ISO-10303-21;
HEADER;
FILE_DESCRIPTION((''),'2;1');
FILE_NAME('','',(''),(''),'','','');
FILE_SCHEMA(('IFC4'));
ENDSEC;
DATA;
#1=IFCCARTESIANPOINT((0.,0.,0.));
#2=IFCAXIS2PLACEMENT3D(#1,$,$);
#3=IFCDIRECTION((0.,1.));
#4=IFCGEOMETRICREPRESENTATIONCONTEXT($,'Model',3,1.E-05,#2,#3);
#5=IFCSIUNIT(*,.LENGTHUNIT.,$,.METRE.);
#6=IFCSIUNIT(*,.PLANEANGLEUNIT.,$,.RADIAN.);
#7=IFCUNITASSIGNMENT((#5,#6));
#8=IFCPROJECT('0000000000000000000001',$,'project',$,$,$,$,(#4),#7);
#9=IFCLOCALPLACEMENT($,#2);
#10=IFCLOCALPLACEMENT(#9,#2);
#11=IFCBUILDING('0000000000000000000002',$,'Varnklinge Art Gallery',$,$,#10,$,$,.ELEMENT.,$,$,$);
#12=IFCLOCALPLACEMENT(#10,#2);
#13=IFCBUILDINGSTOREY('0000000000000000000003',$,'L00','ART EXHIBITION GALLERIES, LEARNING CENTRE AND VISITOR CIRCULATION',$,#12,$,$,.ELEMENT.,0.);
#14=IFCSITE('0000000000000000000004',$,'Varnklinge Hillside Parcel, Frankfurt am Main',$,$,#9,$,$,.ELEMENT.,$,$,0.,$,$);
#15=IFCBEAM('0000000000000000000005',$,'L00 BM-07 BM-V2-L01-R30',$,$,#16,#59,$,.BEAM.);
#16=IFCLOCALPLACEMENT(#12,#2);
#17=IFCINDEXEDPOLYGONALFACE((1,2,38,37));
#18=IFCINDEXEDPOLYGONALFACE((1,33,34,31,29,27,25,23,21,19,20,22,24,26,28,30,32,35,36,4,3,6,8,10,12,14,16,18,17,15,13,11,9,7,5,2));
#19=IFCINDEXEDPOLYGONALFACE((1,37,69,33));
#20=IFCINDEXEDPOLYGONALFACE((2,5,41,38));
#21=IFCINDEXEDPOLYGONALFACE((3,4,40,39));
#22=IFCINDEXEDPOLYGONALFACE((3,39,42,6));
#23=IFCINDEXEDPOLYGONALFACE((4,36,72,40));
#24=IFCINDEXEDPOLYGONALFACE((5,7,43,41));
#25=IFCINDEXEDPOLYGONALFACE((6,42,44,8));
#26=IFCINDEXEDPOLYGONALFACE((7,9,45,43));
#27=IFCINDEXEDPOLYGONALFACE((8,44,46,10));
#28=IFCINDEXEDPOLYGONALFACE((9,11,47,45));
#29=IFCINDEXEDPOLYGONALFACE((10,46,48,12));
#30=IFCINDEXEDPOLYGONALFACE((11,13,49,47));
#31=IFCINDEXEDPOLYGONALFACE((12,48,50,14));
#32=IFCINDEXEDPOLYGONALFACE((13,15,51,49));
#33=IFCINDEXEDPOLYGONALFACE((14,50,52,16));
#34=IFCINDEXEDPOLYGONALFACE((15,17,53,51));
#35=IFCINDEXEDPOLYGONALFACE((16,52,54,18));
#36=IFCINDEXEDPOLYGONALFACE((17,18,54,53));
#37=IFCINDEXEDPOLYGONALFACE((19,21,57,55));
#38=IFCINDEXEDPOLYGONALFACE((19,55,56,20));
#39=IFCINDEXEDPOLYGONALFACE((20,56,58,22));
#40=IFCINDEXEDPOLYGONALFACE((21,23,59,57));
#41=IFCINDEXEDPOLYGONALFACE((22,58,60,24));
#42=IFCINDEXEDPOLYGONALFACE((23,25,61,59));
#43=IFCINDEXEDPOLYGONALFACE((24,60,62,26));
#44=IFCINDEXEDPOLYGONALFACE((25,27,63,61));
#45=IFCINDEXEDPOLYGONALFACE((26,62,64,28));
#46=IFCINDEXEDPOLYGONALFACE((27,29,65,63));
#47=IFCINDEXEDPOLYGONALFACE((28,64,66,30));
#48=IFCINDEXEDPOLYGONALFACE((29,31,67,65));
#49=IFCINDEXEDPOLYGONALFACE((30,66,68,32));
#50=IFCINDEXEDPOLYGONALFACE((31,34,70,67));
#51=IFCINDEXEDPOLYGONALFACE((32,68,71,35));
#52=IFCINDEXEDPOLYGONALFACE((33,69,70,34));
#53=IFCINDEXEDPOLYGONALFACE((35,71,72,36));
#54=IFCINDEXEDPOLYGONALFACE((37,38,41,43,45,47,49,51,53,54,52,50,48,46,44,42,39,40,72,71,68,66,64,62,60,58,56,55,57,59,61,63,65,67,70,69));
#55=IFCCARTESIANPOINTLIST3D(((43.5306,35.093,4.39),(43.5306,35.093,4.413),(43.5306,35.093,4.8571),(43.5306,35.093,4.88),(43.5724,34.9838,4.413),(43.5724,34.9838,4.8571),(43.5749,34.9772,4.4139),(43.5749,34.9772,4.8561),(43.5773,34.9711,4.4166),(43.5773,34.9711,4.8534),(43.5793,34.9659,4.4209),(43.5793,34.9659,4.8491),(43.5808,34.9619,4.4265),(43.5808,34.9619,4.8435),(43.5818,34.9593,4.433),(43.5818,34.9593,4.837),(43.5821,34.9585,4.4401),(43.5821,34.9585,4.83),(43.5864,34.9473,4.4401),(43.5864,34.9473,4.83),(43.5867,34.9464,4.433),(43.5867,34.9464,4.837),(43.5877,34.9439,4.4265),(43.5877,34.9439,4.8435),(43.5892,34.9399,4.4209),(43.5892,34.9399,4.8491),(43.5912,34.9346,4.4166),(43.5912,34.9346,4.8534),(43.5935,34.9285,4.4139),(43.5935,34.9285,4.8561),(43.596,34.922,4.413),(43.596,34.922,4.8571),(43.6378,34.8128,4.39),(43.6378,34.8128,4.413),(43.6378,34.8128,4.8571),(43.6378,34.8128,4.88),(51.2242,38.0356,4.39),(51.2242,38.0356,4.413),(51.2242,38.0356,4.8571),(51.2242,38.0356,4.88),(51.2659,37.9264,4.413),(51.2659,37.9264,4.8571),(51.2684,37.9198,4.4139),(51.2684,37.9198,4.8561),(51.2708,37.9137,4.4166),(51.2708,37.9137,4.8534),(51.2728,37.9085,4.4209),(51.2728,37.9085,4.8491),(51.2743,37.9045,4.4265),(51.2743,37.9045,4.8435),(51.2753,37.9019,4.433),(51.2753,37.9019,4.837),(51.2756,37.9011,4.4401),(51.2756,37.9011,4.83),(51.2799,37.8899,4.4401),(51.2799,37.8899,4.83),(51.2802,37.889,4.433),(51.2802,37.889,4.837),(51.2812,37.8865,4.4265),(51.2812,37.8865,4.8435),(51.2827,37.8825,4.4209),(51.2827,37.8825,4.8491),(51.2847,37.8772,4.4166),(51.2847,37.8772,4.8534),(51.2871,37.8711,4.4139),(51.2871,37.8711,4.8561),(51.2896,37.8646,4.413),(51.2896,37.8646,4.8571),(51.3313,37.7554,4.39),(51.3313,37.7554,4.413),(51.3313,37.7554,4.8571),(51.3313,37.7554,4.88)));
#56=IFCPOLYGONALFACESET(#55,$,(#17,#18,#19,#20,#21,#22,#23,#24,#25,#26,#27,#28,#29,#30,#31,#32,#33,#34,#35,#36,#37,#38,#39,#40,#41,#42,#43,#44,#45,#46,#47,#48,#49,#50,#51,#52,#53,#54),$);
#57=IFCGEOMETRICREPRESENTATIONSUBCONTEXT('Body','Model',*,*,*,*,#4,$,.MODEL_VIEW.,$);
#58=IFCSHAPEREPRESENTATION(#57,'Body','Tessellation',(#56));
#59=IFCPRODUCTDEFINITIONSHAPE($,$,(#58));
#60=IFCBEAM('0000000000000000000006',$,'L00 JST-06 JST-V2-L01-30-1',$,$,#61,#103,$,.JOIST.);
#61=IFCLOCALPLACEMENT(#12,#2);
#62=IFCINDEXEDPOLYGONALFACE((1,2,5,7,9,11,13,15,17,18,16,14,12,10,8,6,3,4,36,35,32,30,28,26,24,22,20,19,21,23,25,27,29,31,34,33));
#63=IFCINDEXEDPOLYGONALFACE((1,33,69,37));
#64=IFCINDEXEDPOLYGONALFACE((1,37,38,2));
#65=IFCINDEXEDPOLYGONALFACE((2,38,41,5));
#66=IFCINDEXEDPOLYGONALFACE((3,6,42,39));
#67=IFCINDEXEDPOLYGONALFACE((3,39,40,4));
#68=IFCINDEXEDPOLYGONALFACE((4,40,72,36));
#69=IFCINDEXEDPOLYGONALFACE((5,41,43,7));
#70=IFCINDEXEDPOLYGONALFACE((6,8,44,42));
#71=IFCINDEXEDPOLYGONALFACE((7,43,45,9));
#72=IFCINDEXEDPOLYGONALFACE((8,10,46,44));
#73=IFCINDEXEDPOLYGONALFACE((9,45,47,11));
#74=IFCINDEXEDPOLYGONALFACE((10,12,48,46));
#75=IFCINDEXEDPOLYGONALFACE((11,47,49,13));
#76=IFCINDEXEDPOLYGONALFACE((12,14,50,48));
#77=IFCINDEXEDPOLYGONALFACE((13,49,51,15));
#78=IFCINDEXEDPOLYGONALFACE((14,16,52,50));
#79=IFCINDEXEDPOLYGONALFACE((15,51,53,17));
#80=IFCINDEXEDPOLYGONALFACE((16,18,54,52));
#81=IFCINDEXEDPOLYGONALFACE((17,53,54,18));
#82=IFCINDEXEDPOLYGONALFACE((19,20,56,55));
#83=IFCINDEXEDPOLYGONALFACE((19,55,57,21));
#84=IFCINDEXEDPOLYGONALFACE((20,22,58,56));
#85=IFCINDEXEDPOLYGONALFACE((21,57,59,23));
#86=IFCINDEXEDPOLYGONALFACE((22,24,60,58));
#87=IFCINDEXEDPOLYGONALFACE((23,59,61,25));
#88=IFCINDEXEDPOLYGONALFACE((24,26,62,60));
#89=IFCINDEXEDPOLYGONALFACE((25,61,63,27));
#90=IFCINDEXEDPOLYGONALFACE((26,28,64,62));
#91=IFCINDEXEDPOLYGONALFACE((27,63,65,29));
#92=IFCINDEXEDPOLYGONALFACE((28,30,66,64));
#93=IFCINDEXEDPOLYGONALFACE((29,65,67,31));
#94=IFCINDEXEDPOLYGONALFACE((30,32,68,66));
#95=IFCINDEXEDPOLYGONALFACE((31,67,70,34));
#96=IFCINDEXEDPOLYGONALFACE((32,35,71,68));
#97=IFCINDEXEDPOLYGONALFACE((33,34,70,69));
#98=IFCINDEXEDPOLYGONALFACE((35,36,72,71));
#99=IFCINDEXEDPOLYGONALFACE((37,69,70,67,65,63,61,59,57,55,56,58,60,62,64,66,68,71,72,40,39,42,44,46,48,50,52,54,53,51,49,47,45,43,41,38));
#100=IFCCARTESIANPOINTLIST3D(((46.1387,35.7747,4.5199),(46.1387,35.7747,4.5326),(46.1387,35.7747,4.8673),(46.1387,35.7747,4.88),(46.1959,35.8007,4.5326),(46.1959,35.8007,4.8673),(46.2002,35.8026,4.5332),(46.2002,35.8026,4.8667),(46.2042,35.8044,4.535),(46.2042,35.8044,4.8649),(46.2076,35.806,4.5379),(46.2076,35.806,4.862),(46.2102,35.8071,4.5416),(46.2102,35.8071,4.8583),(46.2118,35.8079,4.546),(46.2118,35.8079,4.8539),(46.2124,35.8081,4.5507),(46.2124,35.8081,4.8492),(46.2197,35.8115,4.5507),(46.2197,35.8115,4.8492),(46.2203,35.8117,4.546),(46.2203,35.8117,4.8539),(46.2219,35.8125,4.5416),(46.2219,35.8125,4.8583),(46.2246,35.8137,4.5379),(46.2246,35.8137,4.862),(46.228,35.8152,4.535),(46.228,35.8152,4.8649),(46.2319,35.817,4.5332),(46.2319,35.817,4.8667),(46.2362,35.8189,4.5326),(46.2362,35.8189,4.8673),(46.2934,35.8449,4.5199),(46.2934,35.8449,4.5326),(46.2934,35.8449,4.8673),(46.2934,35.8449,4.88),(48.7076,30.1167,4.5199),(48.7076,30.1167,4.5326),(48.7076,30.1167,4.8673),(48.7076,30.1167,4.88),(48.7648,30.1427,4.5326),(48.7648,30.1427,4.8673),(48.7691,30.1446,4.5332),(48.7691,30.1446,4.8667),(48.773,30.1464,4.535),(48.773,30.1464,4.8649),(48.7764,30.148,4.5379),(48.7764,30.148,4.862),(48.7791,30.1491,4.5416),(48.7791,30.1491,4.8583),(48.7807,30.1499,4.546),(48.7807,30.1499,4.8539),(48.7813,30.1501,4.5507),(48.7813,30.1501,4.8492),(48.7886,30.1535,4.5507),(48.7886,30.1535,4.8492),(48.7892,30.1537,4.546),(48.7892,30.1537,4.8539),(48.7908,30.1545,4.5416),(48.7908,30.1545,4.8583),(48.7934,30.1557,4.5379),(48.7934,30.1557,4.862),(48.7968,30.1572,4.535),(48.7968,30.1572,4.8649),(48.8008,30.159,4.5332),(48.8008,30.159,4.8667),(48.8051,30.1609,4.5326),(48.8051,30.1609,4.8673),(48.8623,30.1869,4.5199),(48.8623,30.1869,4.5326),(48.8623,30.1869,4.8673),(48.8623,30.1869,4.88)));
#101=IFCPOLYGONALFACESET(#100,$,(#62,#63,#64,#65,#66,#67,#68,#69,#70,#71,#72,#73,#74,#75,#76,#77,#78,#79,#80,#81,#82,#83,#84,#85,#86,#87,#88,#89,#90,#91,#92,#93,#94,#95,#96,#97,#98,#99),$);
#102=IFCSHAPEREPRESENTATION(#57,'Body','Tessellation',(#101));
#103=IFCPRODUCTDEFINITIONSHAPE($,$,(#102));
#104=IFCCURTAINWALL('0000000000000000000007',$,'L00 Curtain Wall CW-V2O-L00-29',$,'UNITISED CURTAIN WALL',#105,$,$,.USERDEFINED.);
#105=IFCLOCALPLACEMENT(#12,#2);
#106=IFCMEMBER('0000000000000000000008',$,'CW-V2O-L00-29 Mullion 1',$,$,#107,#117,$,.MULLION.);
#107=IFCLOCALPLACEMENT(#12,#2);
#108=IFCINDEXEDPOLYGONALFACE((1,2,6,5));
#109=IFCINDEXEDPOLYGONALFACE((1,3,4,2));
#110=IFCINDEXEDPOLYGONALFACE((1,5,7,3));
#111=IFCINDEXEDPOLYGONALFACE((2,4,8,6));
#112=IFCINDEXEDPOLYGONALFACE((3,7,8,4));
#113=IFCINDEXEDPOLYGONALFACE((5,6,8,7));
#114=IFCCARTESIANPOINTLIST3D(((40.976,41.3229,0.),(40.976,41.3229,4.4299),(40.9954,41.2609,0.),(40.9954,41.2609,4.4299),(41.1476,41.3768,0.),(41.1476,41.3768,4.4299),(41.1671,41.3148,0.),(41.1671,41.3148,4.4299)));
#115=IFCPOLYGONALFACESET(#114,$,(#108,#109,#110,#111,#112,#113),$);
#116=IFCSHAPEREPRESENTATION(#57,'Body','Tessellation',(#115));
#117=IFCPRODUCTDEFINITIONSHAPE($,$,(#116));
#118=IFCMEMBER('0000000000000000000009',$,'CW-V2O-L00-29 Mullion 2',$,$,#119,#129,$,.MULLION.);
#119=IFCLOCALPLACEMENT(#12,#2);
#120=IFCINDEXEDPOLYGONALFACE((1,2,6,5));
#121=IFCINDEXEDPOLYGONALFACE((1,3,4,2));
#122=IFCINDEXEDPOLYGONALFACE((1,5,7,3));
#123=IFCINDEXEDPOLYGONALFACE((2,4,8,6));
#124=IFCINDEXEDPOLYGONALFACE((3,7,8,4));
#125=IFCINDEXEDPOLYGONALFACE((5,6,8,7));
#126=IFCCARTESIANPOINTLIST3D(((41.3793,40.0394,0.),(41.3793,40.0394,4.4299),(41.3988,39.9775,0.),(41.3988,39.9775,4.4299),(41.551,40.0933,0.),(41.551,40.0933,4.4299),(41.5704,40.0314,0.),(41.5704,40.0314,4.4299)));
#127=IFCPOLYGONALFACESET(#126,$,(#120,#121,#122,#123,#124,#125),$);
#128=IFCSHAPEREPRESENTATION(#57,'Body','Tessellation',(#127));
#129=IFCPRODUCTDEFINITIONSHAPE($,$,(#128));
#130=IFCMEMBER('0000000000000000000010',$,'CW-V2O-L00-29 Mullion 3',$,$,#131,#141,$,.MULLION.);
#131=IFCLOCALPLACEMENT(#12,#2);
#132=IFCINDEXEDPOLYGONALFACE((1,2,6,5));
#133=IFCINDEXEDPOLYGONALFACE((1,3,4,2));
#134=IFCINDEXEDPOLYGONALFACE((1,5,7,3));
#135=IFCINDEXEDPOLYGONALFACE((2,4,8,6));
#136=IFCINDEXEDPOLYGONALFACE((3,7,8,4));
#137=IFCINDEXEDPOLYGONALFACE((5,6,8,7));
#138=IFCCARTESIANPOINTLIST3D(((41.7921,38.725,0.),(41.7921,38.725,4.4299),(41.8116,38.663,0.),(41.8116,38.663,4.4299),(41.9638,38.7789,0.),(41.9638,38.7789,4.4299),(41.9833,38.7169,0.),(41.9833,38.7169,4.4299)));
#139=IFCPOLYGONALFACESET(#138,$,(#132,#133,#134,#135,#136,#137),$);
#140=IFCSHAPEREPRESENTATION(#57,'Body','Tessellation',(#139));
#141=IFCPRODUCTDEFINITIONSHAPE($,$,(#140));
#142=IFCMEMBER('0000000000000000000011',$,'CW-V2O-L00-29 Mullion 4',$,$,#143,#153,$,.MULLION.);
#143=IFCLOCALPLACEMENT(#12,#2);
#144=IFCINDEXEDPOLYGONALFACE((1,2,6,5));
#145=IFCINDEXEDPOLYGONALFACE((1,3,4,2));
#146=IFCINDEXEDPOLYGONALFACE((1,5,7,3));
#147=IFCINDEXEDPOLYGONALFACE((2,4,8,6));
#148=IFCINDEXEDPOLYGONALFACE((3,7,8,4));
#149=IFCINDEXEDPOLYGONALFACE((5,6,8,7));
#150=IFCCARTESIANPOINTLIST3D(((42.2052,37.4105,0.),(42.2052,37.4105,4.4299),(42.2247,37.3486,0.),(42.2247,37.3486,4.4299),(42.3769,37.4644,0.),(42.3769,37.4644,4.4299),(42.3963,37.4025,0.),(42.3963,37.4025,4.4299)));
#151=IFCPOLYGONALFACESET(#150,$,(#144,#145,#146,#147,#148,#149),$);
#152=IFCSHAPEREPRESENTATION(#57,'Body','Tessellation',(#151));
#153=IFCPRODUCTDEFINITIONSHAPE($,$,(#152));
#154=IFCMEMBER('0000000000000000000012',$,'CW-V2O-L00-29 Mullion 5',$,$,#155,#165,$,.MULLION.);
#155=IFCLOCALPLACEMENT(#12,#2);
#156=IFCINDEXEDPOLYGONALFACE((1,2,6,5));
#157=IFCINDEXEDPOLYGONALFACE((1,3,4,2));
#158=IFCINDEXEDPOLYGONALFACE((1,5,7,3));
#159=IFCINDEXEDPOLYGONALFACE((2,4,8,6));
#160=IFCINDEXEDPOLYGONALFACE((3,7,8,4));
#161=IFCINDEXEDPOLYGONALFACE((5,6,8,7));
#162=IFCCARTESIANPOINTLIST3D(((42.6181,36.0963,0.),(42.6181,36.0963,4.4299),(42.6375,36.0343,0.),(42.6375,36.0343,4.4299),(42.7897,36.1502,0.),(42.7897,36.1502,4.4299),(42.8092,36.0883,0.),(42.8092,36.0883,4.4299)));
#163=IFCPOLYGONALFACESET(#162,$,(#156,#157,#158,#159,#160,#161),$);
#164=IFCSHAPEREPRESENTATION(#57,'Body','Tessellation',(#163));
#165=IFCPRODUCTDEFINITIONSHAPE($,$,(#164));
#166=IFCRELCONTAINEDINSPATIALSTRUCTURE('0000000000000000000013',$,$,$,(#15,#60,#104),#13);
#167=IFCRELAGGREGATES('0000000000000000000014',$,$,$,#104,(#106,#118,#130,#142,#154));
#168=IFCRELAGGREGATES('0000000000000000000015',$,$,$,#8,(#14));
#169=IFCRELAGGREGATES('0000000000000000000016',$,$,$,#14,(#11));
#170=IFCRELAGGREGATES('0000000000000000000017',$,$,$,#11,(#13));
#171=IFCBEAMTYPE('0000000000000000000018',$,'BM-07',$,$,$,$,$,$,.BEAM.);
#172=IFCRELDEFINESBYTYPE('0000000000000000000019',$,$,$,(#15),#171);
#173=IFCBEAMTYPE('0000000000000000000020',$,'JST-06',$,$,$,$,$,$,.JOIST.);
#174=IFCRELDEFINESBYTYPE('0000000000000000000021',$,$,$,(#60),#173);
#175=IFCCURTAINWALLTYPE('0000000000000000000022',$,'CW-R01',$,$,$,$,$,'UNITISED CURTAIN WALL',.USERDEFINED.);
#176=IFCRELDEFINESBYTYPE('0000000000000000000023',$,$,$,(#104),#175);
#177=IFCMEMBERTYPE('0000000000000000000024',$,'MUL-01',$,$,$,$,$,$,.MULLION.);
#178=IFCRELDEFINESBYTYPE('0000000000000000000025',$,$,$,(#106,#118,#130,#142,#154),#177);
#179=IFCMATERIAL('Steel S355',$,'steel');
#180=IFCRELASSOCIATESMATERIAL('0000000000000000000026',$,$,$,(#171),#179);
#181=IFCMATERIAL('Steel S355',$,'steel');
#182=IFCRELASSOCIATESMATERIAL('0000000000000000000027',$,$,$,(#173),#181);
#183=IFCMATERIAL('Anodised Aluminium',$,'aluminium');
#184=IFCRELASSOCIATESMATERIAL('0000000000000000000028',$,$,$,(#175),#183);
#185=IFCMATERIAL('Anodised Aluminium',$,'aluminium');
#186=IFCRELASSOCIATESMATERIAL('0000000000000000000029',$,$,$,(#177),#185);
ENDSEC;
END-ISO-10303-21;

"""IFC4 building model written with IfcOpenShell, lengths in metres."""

from ifc_helpers import new_model, si_unit, direction, frame, origin, origin_2d, place, context, subcontext, project, spatial, rectangle, i_section, extrude, material, material_profile, profile_set, type_object, element, aggregate, save


model = new_model("IFC4")

# Units and contexts
model_context = context("Model", 3, precision=1e-05, world=origin(), true_north=direction((0.0, 1.0)))
body_context = subcontext(model_context, "Body", "Model", "MODEL_VIEW")
ifc_project = project(units=[si_unit("LENGTHUNIT", "METRE"), si_unit("PLANEANGLEUNIT", "RADIAN")], contexts=[model_context])

# Site, building, storey
site_placement = place(None, origin())
site = spatial("IfcSite", under=ifc_project, at=site_placement, Name="Varnklinge Hillside Parcel, Frankfurt am Main", CompositionType="ELEMENT", RefElevation=0.0)
building_placement = place(site_placement, origin())
building = spatial("IfcBuilding", under=site, at=building_placement, Name="Varnklinge Art Gallery", CompositionType="ELEMENT")
storey_placement = place(building_placement, origin())
storey = spatial("IfcBuildingStorey", under=building, at=storey_placement, Name="L00", Description="ART EXHIBITION GALLERIES, LEARNING CENTRE AND VISITOR CIRCULATION", CompositionType="ELEMENT", Elevation=0.0)

# Beams
ifc_material_1 = material(Name="Steel S355", Category="steel")
ifc_material_profile_1 = material_profile(ifc_material_1, i_section(OverallWidth=0.3, OverallDepth=0.49, WebThickness=0.012, FlangeThickness=0.0229, FilletRadius=0.0271, at=origin_2d()), Name="HEA 500")
ifc_profile_set_1 = profile_set([ifc_material_profile_1], Name="Steel S355")
beam_type_1 = type_object("IfcBeamType", Name="BM-07", PredefinedType="BEAM", material=ifc_profile_set_1)
beam_1_placement = place(storey_placement, frame((43.5842, 34.9529, 4.635), z_axis=(0.934013, 0.357239, 0.0), x_axis=(-0.357239, 0.934013, 0.0)))
element("IfcBeam", 1, at=beam_1_placement, inside=storey, type_object=beam_type_1, Name="L00 BM-07 BM-V2-L01-R30", PredefinedType="BEAM", context=body_context, shape_type="SweptSolid", body=[
    extrude(i_section(OverallWidth=0.3, OverallDepth=0.49, WebThickness=0.012, FlangeThickness=0.0229, FilletRadius=0.0271, at=origin_2d()), origin(), (0.0, 0.0, 1.0), 8.2371),
])
ifc_material_2 = material(Name="Steel S355", Category="steel")
ifc_material_profile_2 = material_profile(ifc_material_2, i_section(OverallWidth=0.1699, OverallDepth=0.3601, WebThickness=0.0081, FlangeThickness=0.0127, FilletRadius=0.0181, at=origin_2d()), Name="IPE 360")
ifc_profile_set_2 = profile_set([ifc_material_profile_2], Name="Steel S355")
beam_type_2 = type_object("IfcBeamType", Name="JST-06", PredefinedType="JOIST", material=ifc_profile_set_2)
beam_2_placement = place(storey_placement, frame((46.2161, 35.8098, 4.7), z_axis=(0.413409, -0.910545, 0.0), x_axis=(0.910545, 0.413409, 0.0)))
element("IfcBeam", 2, at=beam_2_placement, inside=storey, type_object=beam_type_2, Name="L00 JST-06 JST-V2-L01-30-1", PredefinedType="JOIST", context=body_context, shape_type="SweptSolid", body=[
    extrude(i_section(OverallWidth=0.1699, OverallDepth=0.3601, WebThickness=0.0081, FlangeThickness=0.0127, FilletRadius=0.0181, at=origin_2d()), origin(), (0.0, 0.0, 1.0), 6.2139),
])

# Curtain wall, members
ifc_material_3 = material(Name="Anodised Aluminium", Category="aluminium")
curtain_wall_type = type_object("IfcCurtainWallType", Name="CW-R01", ElementType="UNITISED CURTAIN WALL", PredefinedType="USERDEFINED", material=ifc_material_3)
curtain_wall_placement = place(storey_placement, origin())
curtain_wall = element("IfcCurtainWall", 3, at=curtain_wall_placement, inside=storey, type_object=curtain_wall_type, Name="L00 Curtain Wall CW-V2O-L00-29", ObjectType="UNITISED CURTAIN WALL", PredefinedType="USERDEFINED")
ifc_material_4 = material(Name="Anodised Aluminium", Category="aluminium")
ifc_material_profile_3 = material_profile(ifc_material_4, rectangle(XDim=0.0649, YDim=0.1799, at=origin_2d()), Name="ALU 65x180")
ifc_profile_set_3 = profile_set([ifc_material_profile_3], Name="Anodised Aluminium")
member_type_1 = type_object("IfcMemberType", Name="MUL-01", PredefinedType="MULLION", material=ifc_profile_set_3)
member_1_placement = place(storey_placement, frame((41.0715, 41.3188, 0.0), z_axis=(0.0, 0.0, 1.0), x_axis=(0.299707, -0.954031, 0.0)))
member_1 = element("IfcMember", 4, at=member_1_placement, type_object=member_type_1, Name="CW-V2O-L00-29 Mullion 1", PredefinedType="MULLION", context=body_context, shape_type="SweptSolid", body=[
    extrude(rectangle(XDim=0.0649, YDim=0.1799, at=origin_2d()), origin(), (0.0, 0.0, 1.0), 4.4299),
])
member_2_placement = place(storey_placement, frame((41.4749, 40.0354, 0.0), z_axis=(0.0, 0.0, 1.0), x_axis=(0.299707, -0.954031, 0.0)))
member_2 = element("IfcMember", 5, at=member_2_placement, type_object=member_type_1, Name="CW-V2O-L00-29 Mullion 2", PredefinedType="MULLION", context=body_context, shape_type="SweptSolid", body=[
    extrude(rectangle(XDim=0.0649, YDim=0.1799, at=origin_2d()), origin(), (0.0, 0.0, 1.0), 4.4299),
])
member_3_placement = place(storey_placement, frame((41.8877, 38.7209, 0.0), z_axis=(0.0, 0.0, 1.0), x_axis=(0.299707, -0.954031, 0.0)))
member_3 = element("IfcMember", 6, at=member_3_placement, type_object=member_type_1, Name="CW-V2O-L00-29 Mullion 3", PredefinedType="MULLION", context=body_context, shape_type="SweptSolid", body=[
    extrude(rectangle(XDim=0.0649, YDim=0.1799, at=origin_2d()), origin(), (0.0, 0.0, 1.0), 4.4299),
])
member_4_placement = place(storey_placement, frame((42.3008, 37.4065, 0.0), z_axis=(0.0, 0.0, 1.0), x_axis=(0.299707, -0.954031, 0.0)))
member_4 = element("IfcMember", 7, at=member_4_placement, type_object=member_type_1, Name="CW-V2O-L00-29 Mullion 4", PredefinedType="MULLION", context=body_context, shape_type="SweptSolid", body=[
    extrude(rectangle(XDim=0.0649, YDim=0.1799, at=origin_2d()), origin(), (0.0, 0.0, 1.0), 4.4299),
])
member_5_placement = place(storey_placement, frame((42.7136, 36.0923, 0.0), z_axis=(0.0, 0.0, 1.0), x_axis=(0.299707, -0.954031, 0.0)))
member_5 = element("IfcMember", 8, at=member_5_placement, type_object=member_type_1, Name="CW-V2O-L00-29 Mullion 5", PredefinedType="MULLION", context=body_context, shape_type="SweptSolid", body=[
    extrude(rectangle(XDim=0.0649, YDim=0.1799, at=origin_2d()), origin(), (0.0, 0.0, 1.0), 4.4299),
])

aggregate(curtain_wall, [member_1, member_2, member_3, member_4, member_5])

save(model, "model.ifc")
